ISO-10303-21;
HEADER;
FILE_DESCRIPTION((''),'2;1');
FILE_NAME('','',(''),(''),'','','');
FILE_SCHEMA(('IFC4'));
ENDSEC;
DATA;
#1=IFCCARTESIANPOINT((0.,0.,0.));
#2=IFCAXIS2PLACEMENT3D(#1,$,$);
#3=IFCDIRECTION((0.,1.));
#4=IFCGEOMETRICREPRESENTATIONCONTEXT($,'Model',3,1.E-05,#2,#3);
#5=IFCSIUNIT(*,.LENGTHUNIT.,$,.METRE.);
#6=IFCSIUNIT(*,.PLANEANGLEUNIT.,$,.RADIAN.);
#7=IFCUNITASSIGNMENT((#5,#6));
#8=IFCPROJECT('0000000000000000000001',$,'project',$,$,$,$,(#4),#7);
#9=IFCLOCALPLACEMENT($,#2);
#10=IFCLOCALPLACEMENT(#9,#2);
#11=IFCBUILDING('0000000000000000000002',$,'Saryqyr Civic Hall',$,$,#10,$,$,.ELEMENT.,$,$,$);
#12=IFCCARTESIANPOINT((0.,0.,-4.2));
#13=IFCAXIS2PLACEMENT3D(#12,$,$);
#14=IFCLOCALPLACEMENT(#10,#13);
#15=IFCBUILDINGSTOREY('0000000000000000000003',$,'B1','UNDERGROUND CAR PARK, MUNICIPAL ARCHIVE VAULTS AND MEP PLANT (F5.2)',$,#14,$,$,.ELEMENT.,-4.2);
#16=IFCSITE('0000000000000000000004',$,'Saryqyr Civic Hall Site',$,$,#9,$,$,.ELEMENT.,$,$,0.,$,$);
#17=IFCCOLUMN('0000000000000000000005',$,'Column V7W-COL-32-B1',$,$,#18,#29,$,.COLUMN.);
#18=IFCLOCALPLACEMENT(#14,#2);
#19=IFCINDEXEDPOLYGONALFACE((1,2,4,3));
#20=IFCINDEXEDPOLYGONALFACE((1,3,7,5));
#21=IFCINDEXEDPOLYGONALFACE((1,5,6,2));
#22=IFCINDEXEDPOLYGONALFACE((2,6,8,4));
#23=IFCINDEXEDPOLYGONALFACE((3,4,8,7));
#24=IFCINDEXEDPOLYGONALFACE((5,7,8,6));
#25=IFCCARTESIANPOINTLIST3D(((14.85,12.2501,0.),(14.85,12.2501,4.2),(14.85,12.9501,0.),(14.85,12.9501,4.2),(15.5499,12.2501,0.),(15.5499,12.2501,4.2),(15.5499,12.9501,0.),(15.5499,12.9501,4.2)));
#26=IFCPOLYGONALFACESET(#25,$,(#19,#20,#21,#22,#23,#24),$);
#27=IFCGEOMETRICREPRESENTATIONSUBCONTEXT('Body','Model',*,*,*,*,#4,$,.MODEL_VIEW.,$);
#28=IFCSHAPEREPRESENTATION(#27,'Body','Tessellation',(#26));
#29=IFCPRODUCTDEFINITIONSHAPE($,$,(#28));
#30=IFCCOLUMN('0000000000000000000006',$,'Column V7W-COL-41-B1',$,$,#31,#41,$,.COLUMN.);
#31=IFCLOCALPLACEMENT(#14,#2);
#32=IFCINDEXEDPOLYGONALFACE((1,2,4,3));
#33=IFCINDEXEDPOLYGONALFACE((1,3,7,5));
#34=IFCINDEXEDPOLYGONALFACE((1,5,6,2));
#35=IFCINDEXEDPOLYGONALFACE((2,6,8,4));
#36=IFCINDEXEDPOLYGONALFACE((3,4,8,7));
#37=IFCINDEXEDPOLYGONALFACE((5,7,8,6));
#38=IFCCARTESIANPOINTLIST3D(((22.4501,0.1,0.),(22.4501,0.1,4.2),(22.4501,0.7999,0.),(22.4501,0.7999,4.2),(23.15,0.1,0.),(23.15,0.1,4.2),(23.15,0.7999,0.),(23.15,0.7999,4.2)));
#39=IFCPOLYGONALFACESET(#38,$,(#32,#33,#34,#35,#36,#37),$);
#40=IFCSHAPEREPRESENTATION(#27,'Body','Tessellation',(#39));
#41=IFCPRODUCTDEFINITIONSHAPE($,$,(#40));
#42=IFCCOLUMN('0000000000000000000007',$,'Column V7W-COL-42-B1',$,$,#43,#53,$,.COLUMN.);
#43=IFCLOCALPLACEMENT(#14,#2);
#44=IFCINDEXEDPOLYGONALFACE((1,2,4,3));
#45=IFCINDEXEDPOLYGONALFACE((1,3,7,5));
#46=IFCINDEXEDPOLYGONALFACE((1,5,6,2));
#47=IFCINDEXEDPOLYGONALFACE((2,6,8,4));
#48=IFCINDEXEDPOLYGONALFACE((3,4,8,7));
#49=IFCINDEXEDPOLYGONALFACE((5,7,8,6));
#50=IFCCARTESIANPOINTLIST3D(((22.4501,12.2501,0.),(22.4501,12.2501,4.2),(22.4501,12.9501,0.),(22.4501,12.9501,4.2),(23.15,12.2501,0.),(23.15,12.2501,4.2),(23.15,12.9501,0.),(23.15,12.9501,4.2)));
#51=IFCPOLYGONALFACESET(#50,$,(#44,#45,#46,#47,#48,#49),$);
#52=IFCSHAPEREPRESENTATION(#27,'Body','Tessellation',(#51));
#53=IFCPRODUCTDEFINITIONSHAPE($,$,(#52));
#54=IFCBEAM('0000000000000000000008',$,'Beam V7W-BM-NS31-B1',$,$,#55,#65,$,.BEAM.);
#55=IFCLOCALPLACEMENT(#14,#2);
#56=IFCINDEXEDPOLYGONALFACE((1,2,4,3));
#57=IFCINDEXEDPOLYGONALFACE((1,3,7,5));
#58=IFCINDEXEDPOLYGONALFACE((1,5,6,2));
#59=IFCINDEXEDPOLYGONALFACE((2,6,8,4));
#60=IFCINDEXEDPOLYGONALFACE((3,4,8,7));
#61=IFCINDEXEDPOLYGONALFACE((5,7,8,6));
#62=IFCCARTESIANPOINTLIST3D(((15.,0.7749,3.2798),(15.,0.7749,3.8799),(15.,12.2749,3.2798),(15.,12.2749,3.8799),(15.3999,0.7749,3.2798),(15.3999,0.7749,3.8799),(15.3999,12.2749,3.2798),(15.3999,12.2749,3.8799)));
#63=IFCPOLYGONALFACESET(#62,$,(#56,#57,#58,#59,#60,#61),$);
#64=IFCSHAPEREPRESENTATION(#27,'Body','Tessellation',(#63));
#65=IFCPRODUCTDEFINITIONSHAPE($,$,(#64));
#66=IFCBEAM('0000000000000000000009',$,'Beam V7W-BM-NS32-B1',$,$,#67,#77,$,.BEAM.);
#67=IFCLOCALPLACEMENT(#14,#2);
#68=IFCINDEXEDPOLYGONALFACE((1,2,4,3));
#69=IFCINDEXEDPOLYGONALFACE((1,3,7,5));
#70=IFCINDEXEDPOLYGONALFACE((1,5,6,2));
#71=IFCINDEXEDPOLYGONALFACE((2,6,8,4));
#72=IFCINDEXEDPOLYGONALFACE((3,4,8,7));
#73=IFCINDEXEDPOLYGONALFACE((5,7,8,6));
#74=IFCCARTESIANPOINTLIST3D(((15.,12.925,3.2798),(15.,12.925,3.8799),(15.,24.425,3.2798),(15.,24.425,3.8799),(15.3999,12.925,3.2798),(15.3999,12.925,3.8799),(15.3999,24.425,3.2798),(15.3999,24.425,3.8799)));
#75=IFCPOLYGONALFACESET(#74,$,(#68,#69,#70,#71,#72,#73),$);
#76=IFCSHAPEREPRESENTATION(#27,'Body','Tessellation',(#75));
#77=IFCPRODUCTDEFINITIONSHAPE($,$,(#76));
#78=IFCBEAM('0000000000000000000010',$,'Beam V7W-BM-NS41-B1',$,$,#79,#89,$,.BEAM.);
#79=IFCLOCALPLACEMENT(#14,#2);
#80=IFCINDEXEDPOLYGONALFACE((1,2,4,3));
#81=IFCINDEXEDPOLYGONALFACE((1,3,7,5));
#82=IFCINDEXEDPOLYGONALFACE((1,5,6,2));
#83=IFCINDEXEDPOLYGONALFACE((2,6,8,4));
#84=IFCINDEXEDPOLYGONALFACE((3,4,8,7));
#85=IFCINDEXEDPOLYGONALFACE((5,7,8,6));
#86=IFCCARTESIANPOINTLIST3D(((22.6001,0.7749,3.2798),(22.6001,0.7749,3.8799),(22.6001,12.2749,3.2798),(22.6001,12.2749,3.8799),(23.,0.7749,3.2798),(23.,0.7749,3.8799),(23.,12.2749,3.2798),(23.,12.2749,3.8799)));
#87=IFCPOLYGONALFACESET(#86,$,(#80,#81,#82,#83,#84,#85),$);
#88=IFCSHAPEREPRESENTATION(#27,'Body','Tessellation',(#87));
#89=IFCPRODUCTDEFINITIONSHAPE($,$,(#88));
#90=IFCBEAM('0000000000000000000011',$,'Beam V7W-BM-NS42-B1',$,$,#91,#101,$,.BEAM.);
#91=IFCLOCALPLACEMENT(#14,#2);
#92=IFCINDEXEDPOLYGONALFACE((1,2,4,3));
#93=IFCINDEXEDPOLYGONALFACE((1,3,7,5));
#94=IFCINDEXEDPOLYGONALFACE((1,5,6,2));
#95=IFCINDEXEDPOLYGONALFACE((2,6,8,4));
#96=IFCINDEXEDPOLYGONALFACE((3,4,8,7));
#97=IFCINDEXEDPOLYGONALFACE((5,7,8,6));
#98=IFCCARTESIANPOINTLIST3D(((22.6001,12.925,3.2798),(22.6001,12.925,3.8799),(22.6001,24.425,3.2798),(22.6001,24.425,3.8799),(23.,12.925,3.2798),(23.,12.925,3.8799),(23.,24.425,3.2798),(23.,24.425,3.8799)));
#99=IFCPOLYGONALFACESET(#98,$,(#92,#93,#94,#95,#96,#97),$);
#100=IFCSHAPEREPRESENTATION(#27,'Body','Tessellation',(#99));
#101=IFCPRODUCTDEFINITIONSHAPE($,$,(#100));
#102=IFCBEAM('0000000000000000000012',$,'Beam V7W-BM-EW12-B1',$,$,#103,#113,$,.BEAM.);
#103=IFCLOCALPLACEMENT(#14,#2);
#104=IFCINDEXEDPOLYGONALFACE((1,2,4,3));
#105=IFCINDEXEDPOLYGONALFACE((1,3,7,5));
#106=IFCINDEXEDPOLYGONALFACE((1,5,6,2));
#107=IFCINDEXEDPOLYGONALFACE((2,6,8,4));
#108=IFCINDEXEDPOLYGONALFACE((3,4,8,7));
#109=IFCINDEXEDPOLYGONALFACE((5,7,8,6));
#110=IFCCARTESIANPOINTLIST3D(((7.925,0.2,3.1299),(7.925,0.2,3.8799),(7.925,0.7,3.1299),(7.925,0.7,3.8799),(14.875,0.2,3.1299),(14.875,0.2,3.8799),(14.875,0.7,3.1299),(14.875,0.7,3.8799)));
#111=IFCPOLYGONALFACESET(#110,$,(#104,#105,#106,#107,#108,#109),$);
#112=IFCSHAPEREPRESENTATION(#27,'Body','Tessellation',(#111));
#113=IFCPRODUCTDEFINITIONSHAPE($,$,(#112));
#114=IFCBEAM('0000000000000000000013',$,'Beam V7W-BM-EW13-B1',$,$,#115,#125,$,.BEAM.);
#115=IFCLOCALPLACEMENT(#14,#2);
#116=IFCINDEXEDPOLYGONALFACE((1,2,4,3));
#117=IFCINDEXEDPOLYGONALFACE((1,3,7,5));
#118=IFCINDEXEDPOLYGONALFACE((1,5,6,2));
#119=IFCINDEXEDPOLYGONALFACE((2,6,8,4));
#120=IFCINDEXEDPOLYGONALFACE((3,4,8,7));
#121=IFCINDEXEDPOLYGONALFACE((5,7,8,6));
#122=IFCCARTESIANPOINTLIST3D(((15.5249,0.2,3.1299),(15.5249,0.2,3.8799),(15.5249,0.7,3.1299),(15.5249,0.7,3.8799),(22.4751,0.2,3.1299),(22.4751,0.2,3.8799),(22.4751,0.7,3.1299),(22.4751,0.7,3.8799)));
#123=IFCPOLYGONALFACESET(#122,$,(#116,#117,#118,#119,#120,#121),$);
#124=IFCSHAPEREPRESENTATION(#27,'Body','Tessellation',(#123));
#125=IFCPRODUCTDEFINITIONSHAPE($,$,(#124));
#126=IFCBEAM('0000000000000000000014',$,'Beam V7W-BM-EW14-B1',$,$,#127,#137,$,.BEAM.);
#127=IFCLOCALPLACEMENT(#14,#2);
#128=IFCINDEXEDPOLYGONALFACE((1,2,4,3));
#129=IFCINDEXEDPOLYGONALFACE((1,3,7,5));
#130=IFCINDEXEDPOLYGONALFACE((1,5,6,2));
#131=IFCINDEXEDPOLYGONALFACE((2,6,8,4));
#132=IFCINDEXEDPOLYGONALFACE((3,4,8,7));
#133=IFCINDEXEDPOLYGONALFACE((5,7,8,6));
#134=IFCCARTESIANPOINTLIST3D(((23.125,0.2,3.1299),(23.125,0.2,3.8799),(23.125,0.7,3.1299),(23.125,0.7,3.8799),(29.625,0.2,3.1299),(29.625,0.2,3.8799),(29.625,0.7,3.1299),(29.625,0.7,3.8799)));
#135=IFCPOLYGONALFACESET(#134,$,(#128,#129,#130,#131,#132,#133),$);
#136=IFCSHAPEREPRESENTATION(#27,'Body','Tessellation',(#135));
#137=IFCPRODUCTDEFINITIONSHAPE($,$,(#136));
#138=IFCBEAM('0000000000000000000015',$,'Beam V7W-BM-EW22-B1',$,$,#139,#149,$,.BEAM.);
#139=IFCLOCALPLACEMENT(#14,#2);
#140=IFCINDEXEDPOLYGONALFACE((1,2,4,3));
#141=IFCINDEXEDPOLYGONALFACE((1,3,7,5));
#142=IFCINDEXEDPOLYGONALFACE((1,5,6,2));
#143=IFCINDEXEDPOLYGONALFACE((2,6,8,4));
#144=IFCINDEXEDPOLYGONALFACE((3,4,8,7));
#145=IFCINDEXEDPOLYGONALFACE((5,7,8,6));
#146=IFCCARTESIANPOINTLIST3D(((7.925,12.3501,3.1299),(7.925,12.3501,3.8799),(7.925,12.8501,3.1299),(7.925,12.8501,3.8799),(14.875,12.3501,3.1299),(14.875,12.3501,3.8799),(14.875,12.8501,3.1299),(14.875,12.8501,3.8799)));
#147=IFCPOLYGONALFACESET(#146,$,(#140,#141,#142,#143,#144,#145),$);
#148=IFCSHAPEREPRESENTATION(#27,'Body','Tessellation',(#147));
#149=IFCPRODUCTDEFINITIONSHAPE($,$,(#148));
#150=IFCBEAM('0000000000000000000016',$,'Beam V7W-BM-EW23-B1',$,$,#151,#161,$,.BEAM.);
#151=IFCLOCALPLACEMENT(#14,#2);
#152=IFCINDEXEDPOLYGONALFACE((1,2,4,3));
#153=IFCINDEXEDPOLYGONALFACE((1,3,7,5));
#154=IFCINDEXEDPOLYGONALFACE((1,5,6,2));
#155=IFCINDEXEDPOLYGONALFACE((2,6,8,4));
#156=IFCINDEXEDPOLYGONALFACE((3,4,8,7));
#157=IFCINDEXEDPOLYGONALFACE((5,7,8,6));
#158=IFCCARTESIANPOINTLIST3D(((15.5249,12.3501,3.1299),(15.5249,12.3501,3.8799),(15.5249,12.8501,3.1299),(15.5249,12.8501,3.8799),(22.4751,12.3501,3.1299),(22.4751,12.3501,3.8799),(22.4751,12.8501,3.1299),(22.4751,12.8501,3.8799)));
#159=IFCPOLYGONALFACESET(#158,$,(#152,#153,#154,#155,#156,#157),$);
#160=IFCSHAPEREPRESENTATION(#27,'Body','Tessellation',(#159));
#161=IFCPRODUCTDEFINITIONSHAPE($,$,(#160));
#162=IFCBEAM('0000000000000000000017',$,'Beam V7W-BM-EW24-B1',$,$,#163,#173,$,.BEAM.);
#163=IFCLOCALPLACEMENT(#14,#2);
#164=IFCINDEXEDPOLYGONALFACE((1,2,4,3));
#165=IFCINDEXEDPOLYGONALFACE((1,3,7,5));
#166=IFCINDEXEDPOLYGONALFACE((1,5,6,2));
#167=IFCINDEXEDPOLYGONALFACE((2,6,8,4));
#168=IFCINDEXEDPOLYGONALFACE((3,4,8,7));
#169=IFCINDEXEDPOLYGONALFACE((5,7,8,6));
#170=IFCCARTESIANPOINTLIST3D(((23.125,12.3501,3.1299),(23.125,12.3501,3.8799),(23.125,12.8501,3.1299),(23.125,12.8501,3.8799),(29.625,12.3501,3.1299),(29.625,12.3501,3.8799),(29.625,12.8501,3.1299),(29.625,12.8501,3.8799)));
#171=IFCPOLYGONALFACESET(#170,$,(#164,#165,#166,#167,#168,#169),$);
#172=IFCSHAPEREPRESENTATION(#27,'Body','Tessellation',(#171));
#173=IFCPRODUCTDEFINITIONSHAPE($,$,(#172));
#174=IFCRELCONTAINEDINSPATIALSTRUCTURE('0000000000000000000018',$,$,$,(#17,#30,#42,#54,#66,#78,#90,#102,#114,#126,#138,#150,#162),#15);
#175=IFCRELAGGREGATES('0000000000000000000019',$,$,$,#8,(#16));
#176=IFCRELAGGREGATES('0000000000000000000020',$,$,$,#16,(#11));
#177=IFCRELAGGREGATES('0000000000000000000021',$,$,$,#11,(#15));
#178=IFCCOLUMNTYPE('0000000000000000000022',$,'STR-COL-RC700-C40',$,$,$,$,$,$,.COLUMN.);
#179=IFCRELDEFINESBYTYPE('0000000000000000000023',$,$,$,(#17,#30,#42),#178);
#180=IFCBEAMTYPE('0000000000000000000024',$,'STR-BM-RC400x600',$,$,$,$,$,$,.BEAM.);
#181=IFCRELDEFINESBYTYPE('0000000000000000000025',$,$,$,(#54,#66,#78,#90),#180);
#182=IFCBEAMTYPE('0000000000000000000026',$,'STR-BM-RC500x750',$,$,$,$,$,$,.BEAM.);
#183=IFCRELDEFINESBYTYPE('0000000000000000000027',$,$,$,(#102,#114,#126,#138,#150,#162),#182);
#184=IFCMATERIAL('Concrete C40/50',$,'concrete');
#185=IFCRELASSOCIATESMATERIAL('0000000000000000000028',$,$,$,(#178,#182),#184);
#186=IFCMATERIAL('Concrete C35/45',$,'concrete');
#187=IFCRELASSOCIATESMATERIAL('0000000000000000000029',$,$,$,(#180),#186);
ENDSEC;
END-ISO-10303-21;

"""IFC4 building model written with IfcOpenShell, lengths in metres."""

from ifc_helpers import new_model, si_unit, direction, frame, origin, origin_2d, place, context, subcontext, project, spatial, rectangle, extrude, material, material_profile, profile_set, type_object, element, save


model = new_model("IFC4")

# Units and contexts
model_context = context("Model", 3, precision=1e-05, world=origin(), true_north=direction((0.0, 1.0)))
body_context = subcontext(model_context, "Body", "Model", "MODEL_VIEW")
ifc_project = project(units=[si_unit("LENGTHUNIT", "METRE"), si_unit("PLANEANGLEUNIT", "RADIAN")], contexts=[model_context])

# Site, building, storey
site_placement = place(None, origin())
site = spatial("IfcSite", under=ifc_project, at=site_placement, Name="Saryqyr Civic Hall Site", CompositionType="ELEMENT", RefElevation=0.0)
building_placement = place(site_placement, origin())
building = spatial("IfcBuilding", under=site, at=building_placement, Name="Saryqyr Civic Hall", CompositionType="ELEMENT")
storey_placement = place(building_placement, frame((0.0, 0.0, -4.2)))
storey = spatial("IfcBuildingStorey", under=building, at=storey_placement, Name="B1", Description="UNDERGROUND CAR PARK, MUNICIPAL ARCHIVE VAULTS AND MEP PLANT (F5.2)", CompositionType="ELEMENT", Elevation=-4.2)

# Shared definitions
ifc_material_1 = material(Name="Concrete C35/45", Category="concrete")

# Columns
ifc_material_2 = material(Name="Concrete C40/50", Category="concrete")
ifc_material_profile_1 = material_profile(ifc_material_2, rectangle(XDim=0.7, YDim=0.7, at=origin_2d()), Name="RC 700x700")
ifc_profile_set_1 = profile_set([ifc_material_profile_1], Name="Concrete C40/50")
column_type_1 = type_object("IfcColumnType", Name="STR-COL-RC700-C40", PredefinedType="COLUMN", material=ifc_profile_set_1)
for number, where, z_axis, x_axis, name in (
    (1, (15.2, 12.6001, 0.0), (0.0, 0.0, 1.0), (1.0, 0.0, 0.0), "Column V7W-COL-32-B1"),
    (2, (22.8, 0.45, 0.0), (0.0, 0.0, 1.0), (1.0, 0.0, 0.0), "Column V7W-COL-41-B1"),
    (3, (22.8, 12.6001, 0.0), (0.0, 0.0, 1.0), (1.0, 0.0, 0.0), "Column V7W-COL-42-B1"),
):
    element("IfcColumn", number, at=place(storey_placement, frame(where, z_axis=z_axis, x_axis=x_axis)), inside=storey, type_object=column_type_1, Name=name, PredefinedType="COLUMN", context=body_context, shape_type="SweptSolid", body=[
        extrude(rectangle(XDim=0.7, YDim=0.7, at=origin_2d()), origin(), (0.0, 0.0, 1.0), 4.2),
    ])

# Beams
ifc_material_profile_2 = material_profile(ifc_material_1, rectangle(XDim=0.3999, YDim=0.6001, at=origin_2d()), Name="RC 400x600")
ifc_profile_set_2 = profile_set([ifc_material_profile_2], Name="Concrete C35/45")
beam_type_1 = type_object("IfcBeamType", Name="STR-BM-RC400x600", PredefinedType="BEAM", material=ifc_profile_set_2)
for number, where, z_axis, x_axis, name in (
    (4, (15.2, 0.7749, 3.5798), (0.0, 1.0, 0.0), (-1.0, 0.0, 0.0), "Beam V7W-BM-NS31-B1"),
    (5, (15.2, 12.925, 3.5798), (0.0, 1.0, 0.0), (-1.0, 0.0, 0.0), "Beam V7W-BM-NS32-B1"),
    (6, (22.8, 0.7749, 3.5798), (0.0, 1.0, 0.0), (-1.0, 0.0, 0.0), "Beam V7W-BM-NS41-B1"),
    (7, (22.8, 12.925, 3.5798), (0.0, 1.0, 0.0), (-1.0, 0.0, 0.0), "Beam V7W-BM-NS42-B1"),
):
    element("IfcBeam", number, at=place(storey_placement, frame(where, z_axis=z_axis, x_axis=x_axis)), inside=storey, type_object=beam_type_1, Name=name, PredefinedType="BEAM", context=body_context, shape_type="SweptSolid", body=[
        extrude(rectangle(XDim=0.3999, YDim=0.6001, at=origin_2d()), origin(), (0.0, 0.0, 1.0), 11.5),
    ])
ifc_material_profile_3 = material_profile(ifc_material_2, rectangle(XDim=0.5, YDim=0.75, at=origin_2d()), Name="RC 500x750")
ifc_profile_set_3 = profile_set([ifc_material_profile_3], Name="Concrete C40/50")
beam_type_2 = type_object("IfcBeamType", Name="STR-BM-RC500x750", PredefinedType="BEAM", material=ifc_profile_set_3)
beam_1_placement = place(storey_placement, frame((7.925, 0.45, 3.5049), z_axis=(1.0, 0.0, 0.0), x_axis=(0.0, 1.0, 0.0)))
element("IfcBeam", 8, at=beam_1_placement, inside=storey, type_object=beam_type_2, Name="Beam V7W-BM-EW12-B1", PredefinedType="BEAM", context=body_context, shape_type="SweptSolid", body=[
    extrude(rectangle(XDim=0.5, YDim=0.75, at=origin_2d()), origin(), (0.0, 0.0, 1.0), 6.95),
])
beam_2_placement = place(storey_placement, frame((15.5249, 0.45, 3.5049), z_axis=(1.0, 0.0, 0.0), x_axis=(0.0, 1.0, 0.0)))
element("IfcBeam", 9, at=beam_2_placement, inside=storey, type_object=beam_type_2, Name="Beam V7W-BM-EW13-B1", PredefinedType="BEAM", context=body_context, shape_type="SweptSolid", body=[
    extrude(rectangle(XDim=0.5, YDim=0.75, at=origin_2d()), origin(), (0.0, 0.0, 1.0), 6.9502),
])
beam_3_placement = place(storey_placement, frame((23.125, 0.45, 3.5049), z_axis=(1.0, 0.0, 0.0), x_axis=(0.0, 1.0, 0.0)))
element("IfcBeam", 10, at=beam_3_placement, inside=storey, type_object=beam_type_2, Name="Beam V7W-BM-EW14-B1", PredefinedType="BEAM", context=body_context, shape_type="SweptSolid", body=[
    extrude(rectangle(XDim=0.5, YDim=0.75, at=origin_2d()), origin(), (0.0, 0.0, 1.0), 6.5),
])
beam_4_placement = place(storey_placement, frame((7.925, 12.6001, 3.5049), z_axis=(1.0, 0.0, 0.0), x_axis=(0.0, 1.0, 0.0)))
element("IfcBeam", 11, at=beam_4_placement, inside=storey, type_object=beam_type_2, Name="Beam V7W-BM-EW22-B1", PredefinedType="BEAM", context=body_context, shape_type="SweptSolid", body=[
    extrude(rectangle(XDim=0.5, YDim=0.75, at=origin_2d()), origin(), (0.0, 0.0, 1.0), 6.95),
])
beam_5_placement = place(storey_placement, frame((15.5249, 12.6001, 3.5049), z_axis=(1.0, 0.0, 0.0), x_axis=(0.0, 1.0, 0.0)))
element("IfcBeam", 12, at=beam_5_placement, inside=storey, type_object=beam_type_2, Name="Beam V7W-BM-EW23-B1", PredefinedType="BEAM", context=body_context, shape_type="SweptSolid", body=[
    extrude(rectangle(XDim=0.5, YDim=0.75, at=origin_2d()), origin(), (0.0, 0.0, 1.0), 6.9502),
])
beam_6_placement = place(storey_placement, frame((23.125, 12.6001, 3.5049), z_axis=(1.0, 0.0, 0.0), x_axis=(0.0, 1.0, 0.0)))
element("IfcBeam", 13, at=beam_6_placement, inside=storey, type_object=beam_type_2, Name="Beam V7W-BM-EW24-B1", PredefinedType="BEAM", context=body_context, shape_type="SweptSolid", body=[
    extrude(rectangle(XDim=0.5, YDim=0.75, at=origin_2d()), origin(), (0.0, 0.0, 1.0), 6.5),
])

save(model, "model.ifc")
